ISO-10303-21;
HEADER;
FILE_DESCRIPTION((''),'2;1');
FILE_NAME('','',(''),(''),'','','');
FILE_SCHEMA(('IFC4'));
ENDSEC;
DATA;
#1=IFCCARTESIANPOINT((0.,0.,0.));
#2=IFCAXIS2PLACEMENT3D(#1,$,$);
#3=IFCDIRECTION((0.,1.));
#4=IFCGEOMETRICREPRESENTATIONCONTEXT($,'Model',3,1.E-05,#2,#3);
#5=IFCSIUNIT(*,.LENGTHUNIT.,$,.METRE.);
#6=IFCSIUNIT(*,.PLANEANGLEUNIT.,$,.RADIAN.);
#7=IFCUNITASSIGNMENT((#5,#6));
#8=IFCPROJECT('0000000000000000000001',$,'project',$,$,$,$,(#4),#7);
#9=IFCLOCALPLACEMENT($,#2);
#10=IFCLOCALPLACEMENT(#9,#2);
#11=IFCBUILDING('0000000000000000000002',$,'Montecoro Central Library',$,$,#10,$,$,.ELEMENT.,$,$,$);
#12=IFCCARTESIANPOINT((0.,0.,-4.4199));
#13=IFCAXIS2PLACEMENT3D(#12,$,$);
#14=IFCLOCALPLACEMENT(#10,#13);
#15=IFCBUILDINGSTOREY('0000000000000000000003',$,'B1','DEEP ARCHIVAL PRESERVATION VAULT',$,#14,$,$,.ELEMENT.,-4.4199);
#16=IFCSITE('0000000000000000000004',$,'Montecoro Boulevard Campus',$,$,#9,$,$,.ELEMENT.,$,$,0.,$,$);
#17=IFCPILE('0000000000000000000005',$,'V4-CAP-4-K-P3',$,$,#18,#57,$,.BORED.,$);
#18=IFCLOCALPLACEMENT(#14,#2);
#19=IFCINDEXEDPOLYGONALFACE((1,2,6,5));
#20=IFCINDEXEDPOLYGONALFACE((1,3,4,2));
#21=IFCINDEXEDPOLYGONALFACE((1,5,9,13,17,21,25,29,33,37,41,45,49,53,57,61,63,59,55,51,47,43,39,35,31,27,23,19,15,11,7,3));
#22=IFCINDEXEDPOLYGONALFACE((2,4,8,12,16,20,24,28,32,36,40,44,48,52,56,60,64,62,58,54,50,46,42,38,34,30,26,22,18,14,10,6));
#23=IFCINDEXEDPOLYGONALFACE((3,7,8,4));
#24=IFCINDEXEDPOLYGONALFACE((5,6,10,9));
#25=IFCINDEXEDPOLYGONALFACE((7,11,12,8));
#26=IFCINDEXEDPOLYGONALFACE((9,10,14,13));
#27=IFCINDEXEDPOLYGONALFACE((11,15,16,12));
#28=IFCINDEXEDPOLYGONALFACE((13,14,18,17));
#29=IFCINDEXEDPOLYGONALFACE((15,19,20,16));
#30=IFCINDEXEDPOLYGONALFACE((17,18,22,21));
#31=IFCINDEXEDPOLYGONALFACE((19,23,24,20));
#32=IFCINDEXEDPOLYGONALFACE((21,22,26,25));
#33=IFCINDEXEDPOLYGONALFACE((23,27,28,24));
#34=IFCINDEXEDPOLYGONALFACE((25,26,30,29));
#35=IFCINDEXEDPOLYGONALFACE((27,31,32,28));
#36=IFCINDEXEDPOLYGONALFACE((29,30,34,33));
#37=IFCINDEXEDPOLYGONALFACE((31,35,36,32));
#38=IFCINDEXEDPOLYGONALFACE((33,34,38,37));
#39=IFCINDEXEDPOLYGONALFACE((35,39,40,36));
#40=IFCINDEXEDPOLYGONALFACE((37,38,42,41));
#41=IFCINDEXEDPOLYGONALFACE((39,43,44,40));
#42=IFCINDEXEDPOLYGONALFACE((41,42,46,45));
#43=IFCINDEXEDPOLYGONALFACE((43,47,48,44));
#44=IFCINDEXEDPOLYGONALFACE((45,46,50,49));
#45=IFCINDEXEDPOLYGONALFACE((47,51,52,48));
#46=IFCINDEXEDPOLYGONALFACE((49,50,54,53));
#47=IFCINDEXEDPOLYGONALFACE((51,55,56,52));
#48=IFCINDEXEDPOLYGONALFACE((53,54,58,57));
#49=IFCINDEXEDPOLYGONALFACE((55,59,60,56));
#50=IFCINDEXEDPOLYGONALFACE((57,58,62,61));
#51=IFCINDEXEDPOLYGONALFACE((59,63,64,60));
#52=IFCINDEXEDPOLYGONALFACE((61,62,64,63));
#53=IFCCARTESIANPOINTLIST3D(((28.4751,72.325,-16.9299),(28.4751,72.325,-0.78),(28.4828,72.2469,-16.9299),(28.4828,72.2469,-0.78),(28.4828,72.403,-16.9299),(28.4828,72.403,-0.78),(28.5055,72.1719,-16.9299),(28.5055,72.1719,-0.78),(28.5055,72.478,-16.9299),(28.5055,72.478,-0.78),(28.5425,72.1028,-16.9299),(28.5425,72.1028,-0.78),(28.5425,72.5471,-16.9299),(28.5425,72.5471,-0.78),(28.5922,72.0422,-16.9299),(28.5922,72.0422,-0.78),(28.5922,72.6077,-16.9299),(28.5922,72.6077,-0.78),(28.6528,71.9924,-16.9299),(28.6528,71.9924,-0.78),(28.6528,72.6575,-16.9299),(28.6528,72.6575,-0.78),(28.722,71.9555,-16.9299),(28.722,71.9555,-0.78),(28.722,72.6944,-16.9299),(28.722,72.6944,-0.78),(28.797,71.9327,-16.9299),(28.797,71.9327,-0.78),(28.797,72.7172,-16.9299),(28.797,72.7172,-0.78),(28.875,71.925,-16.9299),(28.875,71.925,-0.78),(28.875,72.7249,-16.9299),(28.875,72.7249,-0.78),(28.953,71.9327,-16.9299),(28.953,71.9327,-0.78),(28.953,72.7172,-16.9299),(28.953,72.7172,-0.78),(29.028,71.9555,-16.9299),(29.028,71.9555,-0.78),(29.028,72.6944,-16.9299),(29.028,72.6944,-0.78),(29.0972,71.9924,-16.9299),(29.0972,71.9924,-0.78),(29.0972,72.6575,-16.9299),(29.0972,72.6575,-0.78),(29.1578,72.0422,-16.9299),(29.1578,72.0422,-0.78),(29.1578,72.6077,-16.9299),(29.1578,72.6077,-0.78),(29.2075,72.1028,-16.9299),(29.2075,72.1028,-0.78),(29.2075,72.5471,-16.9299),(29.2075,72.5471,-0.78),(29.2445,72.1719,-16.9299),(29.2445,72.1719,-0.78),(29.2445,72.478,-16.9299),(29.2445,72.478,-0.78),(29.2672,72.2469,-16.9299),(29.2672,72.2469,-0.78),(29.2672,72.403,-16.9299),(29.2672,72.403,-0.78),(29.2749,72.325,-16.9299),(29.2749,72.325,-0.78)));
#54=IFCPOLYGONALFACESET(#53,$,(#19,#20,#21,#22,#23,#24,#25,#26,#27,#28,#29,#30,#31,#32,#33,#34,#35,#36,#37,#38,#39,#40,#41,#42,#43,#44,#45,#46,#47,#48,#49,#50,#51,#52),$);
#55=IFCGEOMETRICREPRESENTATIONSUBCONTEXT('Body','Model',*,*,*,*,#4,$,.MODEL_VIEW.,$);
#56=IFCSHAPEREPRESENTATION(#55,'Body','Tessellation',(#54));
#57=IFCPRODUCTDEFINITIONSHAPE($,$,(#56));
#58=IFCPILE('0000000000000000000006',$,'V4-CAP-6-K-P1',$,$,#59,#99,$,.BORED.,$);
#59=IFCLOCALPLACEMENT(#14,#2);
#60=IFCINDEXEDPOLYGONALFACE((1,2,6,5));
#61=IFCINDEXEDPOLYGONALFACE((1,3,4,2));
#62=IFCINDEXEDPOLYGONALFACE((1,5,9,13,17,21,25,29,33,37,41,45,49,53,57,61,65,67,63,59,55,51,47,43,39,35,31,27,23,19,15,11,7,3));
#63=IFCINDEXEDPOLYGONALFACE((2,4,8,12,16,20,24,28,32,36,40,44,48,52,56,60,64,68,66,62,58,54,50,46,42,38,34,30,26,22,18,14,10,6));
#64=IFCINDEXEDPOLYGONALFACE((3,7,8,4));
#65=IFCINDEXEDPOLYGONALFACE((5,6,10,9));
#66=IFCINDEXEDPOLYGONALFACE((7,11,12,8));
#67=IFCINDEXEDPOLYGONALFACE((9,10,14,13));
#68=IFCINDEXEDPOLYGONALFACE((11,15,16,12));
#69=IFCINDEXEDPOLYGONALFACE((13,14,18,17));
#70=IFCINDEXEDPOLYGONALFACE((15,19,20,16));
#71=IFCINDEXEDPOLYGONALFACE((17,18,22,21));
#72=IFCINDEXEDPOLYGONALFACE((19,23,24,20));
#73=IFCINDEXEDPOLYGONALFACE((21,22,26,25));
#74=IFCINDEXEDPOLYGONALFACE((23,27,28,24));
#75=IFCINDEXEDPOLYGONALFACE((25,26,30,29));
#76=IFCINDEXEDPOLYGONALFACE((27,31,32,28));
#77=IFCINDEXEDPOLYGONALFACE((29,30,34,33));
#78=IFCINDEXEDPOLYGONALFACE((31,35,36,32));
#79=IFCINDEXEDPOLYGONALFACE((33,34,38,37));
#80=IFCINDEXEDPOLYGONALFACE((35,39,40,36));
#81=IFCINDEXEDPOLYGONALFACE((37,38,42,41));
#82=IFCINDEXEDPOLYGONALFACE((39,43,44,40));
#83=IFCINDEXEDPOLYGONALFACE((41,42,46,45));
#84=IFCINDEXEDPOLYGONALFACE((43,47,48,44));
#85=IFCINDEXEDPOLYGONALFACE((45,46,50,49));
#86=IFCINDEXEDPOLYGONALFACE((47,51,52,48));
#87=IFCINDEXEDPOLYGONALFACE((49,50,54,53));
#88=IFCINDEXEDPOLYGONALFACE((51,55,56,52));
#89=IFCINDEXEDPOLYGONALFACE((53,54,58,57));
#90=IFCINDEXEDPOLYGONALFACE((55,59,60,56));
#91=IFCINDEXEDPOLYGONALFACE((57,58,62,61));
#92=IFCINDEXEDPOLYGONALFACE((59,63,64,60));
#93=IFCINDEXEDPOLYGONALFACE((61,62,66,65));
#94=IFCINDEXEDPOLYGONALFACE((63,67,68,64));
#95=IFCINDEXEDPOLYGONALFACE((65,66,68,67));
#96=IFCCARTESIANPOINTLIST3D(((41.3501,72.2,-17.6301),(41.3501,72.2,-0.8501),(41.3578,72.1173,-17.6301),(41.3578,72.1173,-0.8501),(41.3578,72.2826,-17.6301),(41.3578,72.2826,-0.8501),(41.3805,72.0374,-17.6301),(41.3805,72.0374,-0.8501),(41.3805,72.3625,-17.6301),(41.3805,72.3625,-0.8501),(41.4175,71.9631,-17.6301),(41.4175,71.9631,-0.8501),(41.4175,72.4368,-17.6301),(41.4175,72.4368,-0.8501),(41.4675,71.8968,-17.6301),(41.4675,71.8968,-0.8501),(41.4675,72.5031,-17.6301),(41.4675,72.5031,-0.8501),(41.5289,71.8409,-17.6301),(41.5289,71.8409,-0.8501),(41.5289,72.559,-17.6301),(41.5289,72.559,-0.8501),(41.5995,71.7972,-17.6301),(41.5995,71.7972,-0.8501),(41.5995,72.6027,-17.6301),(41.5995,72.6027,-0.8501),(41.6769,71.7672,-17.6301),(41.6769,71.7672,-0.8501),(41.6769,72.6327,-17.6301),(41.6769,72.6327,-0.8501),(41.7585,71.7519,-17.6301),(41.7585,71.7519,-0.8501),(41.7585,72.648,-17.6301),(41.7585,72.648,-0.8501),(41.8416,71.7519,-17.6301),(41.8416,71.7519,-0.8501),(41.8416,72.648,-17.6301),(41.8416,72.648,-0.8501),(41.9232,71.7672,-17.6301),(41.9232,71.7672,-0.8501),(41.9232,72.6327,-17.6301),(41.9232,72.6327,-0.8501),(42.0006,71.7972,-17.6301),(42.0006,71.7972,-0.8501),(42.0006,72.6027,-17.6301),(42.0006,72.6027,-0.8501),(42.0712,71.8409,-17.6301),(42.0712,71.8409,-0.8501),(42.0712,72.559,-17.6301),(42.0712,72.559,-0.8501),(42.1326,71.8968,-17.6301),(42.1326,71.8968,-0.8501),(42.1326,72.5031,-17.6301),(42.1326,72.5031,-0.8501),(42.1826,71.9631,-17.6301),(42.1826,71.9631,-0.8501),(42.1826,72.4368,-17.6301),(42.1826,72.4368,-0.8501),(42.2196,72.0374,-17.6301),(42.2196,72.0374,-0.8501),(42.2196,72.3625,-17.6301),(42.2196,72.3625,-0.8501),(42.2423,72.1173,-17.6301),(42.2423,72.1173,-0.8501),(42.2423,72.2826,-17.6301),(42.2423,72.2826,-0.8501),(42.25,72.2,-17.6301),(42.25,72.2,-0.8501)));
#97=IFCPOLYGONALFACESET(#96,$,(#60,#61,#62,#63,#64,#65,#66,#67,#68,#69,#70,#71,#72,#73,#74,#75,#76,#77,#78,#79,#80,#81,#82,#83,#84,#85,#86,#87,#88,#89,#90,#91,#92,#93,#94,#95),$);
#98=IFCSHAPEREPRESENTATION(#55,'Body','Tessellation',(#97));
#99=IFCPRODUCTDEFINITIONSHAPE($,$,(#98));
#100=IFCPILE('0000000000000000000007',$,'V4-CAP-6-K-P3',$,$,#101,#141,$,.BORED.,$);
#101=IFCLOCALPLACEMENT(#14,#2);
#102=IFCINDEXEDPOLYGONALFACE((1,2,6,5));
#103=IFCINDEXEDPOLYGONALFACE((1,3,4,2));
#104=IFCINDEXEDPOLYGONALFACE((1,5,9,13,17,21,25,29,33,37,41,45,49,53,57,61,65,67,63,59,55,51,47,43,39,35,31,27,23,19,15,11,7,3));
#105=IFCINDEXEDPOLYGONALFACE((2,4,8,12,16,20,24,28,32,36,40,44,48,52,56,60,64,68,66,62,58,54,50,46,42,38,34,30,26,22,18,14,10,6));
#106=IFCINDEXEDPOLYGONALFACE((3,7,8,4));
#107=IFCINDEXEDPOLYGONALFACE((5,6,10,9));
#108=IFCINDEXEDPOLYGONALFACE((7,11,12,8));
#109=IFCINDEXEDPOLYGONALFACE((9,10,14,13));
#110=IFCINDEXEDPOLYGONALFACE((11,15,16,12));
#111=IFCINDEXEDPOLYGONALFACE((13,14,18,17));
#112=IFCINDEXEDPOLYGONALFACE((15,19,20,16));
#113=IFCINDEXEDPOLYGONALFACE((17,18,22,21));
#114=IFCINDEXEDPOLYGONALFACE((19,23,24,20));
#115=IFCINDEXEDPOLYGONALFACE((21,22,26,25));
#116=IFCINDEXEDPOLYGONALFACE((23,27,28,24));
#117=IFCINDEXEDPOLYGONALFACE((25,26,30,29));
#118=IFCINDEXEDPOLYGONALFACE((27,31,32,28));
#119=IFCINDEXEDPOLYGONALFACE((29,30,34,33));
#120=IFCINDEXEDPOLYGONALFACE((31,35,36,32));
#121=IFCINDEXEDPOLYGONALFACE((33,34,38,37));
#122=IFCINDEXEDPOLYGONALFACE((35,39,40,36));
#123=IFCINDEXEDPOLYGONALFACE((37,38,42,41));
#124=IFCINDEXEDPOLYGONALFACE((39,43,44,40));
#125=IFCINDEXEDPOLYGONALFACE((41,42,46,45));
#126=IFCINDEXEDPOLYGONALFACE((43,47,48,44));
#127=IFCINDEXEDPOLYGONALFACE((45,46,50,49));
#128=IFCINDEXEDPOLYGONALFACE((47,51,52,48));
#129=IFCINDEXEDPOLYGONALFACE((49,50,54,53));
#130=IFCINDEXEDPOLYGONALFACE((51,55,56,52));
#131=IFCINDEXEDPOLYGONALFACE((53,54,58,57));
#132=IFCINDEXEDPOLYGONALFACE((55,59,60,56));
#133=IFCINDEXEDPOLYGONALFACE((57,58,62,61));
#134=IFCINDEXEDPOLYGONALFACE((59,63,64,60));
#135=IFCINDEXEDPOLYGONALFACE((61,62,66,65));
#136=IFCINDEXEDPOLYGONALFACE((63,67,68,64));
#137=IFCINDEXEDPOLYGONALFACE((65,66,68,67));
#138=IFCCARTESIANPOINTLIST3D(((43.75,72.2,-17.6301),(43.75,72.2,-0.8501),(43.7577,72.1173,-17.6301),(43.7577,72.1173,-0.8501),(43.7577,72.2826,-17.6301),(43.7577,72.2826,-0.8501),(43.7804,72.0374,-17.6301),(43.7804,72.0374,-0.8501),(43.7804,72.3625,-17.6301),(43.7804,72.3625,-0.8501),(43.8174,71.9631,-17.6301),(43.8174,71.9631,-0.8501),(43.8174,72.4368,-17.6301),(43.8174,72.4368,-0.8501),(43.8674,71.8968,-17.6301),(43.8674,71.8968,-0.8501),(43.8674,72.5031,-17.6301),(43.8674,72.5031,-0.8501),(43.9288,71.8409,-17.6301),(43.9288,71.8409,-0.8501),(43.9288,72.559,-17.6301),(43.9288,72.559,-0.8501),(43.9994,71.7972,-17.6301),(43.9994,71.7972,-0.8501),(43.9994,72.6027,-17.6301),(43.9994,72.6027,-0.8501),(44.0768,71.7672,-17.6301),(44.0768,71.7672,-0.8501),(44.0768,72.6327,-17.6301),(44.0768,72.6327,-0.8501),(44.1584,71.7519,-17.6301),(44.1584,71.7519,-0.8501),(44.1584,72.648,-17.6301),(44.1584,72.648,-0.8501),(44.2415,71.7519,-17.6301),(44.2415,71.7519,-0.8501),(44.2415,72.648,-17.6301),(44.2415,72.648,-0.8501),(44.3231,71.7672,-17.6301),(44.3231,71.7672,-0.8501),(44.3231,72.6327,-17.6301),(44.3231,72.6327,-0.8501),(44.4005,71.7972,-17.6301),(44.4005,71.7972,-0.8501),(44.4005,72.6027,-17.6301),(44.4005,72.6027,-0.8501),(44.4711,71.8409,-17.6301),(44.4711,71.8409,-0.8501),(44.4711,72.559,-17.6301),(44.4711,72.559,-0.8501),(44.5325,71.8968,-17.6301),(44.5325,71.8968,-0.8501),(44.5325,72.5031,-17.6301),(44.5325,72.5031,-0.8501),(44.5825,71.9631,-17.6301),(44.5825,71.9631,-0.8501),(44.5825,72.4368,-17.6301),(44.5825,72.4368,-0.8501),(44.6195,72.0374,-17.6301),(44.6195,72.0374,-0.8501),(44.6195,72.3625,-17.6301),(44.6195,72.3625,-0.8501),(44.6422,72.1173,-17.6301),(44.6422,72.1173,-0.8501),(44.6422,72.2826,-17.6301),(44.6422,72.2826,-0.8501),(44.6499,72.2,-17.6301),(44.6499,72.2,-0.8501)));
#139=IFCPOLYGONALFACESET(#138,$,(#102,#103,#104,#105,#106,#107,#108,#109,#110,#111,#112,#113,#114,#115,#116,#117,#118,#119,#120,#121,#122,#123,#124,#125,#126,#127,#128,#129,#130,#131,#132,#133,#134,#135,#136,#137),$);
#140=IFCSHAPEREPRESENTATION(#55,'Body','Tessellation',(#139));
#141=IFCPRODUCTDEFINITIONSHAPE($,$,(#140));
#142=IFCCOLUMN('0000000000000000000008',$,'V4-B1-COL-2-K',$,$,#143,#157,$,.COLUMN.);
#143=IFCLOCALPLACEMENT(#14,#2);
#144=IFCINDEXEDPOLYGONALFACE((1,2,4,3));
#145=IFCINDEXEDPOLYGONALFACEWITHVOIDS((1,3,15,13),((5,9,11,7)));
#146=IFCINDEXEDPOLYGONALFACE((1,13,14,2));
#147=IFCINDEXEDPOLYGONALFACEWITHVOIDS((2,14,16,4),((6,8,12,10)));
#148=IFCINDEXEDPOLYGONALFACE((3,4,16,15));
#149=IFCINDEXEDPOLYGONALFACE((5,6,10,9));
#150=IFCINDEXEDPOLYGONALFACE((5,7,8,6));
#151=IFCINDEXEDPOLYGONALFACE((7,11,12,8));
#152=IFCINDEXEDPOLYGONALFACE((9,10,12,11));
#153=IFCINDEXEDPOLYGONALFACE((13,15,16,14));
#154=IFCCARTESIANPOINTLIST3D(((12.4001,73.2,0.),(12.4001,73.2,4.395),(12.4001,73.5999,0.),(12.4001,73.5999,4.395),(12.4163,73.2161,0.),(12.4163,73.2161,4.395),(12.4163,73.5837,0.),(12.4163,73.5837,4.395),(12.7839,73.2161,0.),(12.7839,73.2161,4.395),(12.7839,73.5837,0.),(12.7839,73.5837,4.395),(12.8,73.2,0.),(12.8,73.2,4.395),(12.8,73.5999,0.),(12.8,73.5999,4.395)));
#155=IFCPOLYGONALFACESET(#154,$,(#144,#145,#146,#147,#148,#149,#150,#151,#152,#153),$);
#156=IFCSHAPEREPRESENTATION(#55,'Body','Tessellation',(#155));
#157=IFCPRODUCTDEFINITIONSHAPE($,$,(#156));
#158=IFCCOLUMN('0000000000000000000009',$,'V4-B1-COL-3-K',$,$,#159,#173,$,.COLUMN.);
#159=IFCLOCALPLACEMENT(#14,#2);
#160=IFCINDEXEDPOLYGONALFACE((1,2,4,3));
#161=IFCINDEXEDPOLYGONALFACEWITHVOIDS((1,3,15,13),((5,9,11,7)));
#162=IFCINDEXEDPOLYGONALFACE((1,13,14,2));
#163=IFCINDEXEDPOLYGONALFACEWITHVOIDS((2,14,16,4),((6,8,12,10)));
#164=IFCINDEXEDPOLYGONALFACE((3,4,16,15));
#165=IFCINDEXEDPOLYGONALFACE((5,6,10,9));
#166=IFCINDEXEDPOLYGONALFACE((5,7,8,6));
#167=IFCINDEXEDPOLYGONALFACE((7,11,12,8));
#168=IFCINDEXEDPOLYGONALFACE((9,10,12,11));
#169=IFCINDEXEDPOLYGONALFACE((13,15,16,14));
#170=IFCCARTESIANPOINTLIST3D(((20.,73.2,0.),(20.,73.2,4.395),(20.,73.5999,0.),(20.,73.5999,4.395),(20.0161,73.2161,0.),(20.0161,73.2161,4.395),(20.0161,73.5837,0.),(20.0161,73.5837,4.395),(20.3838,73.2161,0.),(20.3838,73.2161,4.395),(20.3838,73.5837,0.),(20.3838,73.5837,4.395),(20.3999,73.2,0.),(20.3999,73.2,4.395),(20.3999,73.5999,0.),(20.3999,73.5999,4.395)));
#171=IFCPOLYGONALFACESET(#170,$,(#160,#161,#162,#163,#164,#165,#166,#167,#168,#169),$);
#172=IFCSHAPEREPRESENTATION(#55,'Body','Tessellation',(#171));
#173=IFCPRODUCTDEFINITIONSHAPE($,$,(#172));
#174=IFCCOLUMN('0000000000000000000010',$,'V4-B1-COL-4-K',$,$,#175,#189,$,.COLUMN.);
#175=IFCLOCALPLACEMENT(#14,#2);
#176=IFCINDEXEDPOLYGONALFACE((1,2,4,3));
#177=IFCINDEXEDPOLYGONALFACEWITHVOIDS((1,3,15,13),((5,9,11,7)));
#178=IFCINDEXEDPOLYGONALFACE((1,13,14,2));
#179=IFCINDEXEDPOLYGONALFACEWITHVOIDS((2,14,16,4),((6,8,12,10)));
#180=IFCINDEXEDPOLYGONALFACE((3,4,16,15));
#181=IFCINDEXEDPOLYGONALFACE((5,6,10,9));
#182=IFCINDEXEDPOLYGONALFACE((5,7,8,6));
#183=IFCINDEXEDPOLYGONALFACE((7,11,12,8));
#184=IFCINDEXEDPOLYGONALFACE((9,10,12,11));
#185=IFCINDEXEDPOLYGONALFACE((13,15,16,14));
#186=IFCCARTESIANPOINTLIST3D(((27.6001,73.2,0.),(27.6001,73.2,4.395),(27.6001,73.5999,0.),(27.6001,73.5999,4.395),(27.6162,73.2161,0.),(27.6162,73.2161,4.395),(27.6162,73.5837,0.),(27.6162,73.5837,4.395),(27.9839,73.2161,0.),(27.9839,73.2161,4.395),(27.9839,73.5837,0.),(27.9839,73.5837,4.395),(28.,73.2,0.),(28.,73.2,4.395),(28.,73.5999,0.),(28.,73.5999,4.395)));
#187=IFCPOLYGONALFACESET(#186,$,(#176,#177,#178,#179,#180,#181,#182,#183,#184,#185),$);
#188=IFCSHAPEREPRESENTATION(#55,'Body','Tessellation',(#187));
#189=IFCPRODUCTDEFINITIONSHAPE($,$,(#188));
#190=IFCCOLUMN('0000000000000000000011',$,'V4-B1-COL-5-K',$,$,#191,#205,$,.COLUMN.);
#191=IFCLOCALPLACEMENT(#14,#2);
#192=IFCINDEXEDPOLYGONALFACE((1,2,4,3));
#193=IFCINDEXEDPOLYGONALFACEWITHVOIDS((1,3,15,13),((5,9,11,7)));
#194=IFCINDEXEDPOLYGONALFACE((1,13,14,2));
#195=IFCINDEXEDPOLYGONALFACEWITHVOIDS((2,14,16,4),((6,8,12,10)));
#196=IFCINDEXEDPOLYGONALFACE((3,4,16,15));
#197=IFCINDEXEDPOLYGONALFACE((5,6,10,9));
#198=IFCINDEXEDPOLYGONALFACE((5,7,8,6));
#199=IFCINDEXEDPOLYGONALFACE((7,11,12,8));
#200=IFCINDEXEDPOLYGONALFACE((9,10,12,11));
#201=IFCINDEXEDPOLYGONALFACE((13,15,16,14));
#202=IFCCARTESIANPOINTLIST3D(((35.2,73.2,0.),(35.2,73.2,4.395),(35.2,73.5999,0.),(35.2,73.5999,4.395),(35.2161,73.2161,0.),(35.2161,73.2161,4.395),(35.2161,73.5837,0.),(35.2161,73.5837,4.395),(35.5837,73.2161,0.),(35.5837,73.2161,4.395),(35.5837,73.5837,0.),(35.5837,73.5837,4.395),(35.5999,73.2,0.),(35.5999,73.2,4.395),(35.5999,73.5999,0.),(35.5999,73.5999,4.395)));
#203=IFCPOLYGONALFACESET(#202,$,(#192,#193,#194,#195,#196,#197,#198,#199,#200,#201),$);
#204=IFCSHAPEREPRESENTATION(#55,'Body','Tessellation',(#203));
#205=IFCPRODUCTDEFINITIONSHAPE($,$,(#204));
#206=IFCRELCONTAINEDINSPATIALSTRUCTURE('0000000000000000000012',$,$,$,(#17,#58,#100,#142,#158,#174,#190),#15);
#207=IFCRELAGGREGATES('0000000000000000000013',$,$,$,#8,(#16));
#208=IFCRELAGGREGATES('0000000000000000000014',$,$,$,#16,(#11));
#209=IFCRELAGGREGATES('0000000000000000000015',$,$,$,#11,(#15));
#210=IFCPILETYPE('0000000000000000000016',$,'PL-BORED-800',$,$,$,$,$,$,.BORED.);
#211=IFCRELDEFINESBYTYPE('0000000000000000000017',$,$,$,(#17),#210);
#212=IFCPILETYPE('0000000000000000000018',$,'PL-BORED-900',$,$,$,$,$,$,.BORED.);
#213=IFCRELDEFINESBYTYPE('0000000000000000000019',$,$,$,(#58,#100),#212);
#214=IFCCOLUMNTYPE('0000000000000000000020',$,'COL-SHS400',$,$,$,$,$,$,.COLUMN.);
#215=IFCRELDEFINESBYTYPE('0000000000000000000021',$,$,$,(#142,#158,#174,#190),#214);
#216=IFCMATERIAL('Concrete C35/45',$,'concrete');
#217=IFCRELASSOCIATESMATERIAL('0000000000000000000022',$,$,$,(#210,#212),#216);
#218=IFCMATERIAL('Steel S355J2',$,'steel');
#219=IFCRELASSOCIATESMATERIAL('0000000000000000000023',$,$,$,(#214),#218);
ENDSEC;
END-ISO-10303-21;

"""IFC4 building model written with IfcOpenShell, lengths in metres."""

from ifc_helpers import new_model, si_unit, direction, frame, origin, origin_2d, place, context, subcontext, project, spatial, hollow_rectangle, circle, extrude, material, material_profile, profile_set, type_object, element, save


model = new_model("IFC4")

# Units and contexts
model_context = context("Model", 3, precision=1e-05, world=origin(), true_north=direction((0.0, 1.0)))
body_context = subcontext(model_context, "Body", "Model", "MODEL_VIEW")
ifc_project = project(units=[si_unit("LENGTHUNIT", "METRE"), si_unit("PLANEANGLEUNIT", "RADIAN")], contexts=[model_context])

# Site, building, storey
site_placement = place(None, origin())
site = spatial("IfcSite", under=ifc_project, at=site_placement, Name="Montecoro Boulevard Campus", CompositionType="ELEMENT", RefElevation=0.0)
building_placement = place(site_placement, origin())
building = spatial("IfcBuilding", under=site, at=building_placement, Name="Montecoro Central Library", CompositionType="ELEMENT")
storey_placement = place(building_placement, frame((0.0, 0.0, -4.4199)))
storey = spatial("IfcBuildingStorey", under=building, at=storey_placement, Name="B1", Description="DEEP ARCHIVAL PRESERVATION VAULT", CompositionType="ELEMENT", Elevation=-4.4199)

# Shared definitions
ifc_material_1 = material(Name="Concrete C35/45", Category="concrete")

# Piles
ifc_material_profile_1 = material_profile(ifc_material_1, circle(Radius=0.3999, at=origin_2d()), Name="PILE D800")
ifc_profile_set_1 = profile_set([ifc_material_profile_1], Name="Concrete C35/45")
pile_type_1 = type_object("IfcPileType", Name="PL-BORED-800", PredefinedType="BORED", material=ifc_profile_set_1)
for number, where, z_axis, x_axis, name in (
    (1, (28.875, 72.325, -0.78), (0.0, 0.0, -1.0), (1.0, 0.0, 0.0), "V4-CAP-4-K-P3"),
):
    element("IfcPile", number, at=place(storey_placement, frame(where, z_axis=z_axis, x_axis=x_axis)), inside=storey, type_object=pile_type_1, Name=name, PredefinedType="BORED", context=body_context, shape_type="SweptSolid", body=[
        extrude(circle(Radius=0.3999, at=origin_2d()), origin(), (0.0, 0.0, 1.0), 16.1499),
    ])
ifc_material_profile_2 = material_profile(ifc_material_1, circle(Radius=0.45, at=origin_2d()), Name="PILE D900")
ifc_profile_set_2 = profile_set([ifc_material_profile_2], Name="Concrete C35/45")
pile_type_2 = type_object("IfcPileType", Name="PL-BORED-900", PredefinedType="BORED", material=ifc_profile_set_2)
for number, where, z_axis, x_axis, name in (
    (2, (41.8, 72.2, -0.8501), (0.0, 0.0, -1.0), (1.0, 0.0, 0.0), "V4-CAP-6-K-P1"),
    (3, (44.2, 72.2, -0.8501), (0.0, 0.0, -1.0), (1.0, 0.0, 0.0), "V4-CAP-6-K-P3"),
):
    element("IfcPile", number, at=place(storey_placement, frame(where, z_axis=z_axis, x_axis=x_axis)), inside=storey, type_object=pile_type_2, Name=name, PredefinedType="BORED", context=body_context, shape_type="SweptSolid", body=[
        extrude(circle(Radius=0.45, at=origin_2d()), origin(), (0.0, 0.0, 1.0), 16.78),
    ])

# Columns
ifc_material_2 = material(Name="Steel S355J2", Category="steel")
ifc_material_profile_3 = material_profile(ifc_material_2, hollow_rectangle(XDim=0.3999, YDim=0.3999, WallThickness=0.0161, at=origin_2d()), Name="SHS 400x400x16.0")
ifc_profile_set_3 = profile_set([ifc_material_profile_3], Name="Steel S355J2")
column_type = type_object("IfcColumnType", Name="COL-SHS400", PredefinedType="COLUMN", material=ifc_profile_set_3)
for number, where, z_axis, x_axis, name in (
    (4, (12.6001, 73.3999, 0.0), (0.0, 0.0, 1.0), (1.0, 0.0, 0.0), "V4-B1-COL-2-K"),
    (5, (20.2, 73.3999, 0.0), (0.0, 0.0, 1.0), (1.0, 0.0, 0.0), "V4-B1-COL-3-K"),
    (6, (27.8, 73.3999, 0.0), (0.0, 0.0, 1.0), (1.0, 0.0, 0.0), "V4-B1-COL-4-K"),
    (7, (35.3999, 73.3999, 0.0), (0.0, 0.0, 1.0), (1.0, 0.0, 0.0), "V4-B1-COL-5-K"),
):
    element("IfcColumn", number, at=place(storey_placement, frame(where, z_axis=z_axis, x_axis=x_axis)), inside=storey, type_object=column_type, Name=name, PredefinedType="COLUMN", context=body_context, shape_type="SweptSolid", body=[
        extrude(hollow_rectangle(XDim=0.3999, YDim=0.3999, WallThickness=0.0161, at=origin_2d()), origin(), (0.0, 0.0, 1.0), 4.395),
    ])

save(model, "model.ifc")
